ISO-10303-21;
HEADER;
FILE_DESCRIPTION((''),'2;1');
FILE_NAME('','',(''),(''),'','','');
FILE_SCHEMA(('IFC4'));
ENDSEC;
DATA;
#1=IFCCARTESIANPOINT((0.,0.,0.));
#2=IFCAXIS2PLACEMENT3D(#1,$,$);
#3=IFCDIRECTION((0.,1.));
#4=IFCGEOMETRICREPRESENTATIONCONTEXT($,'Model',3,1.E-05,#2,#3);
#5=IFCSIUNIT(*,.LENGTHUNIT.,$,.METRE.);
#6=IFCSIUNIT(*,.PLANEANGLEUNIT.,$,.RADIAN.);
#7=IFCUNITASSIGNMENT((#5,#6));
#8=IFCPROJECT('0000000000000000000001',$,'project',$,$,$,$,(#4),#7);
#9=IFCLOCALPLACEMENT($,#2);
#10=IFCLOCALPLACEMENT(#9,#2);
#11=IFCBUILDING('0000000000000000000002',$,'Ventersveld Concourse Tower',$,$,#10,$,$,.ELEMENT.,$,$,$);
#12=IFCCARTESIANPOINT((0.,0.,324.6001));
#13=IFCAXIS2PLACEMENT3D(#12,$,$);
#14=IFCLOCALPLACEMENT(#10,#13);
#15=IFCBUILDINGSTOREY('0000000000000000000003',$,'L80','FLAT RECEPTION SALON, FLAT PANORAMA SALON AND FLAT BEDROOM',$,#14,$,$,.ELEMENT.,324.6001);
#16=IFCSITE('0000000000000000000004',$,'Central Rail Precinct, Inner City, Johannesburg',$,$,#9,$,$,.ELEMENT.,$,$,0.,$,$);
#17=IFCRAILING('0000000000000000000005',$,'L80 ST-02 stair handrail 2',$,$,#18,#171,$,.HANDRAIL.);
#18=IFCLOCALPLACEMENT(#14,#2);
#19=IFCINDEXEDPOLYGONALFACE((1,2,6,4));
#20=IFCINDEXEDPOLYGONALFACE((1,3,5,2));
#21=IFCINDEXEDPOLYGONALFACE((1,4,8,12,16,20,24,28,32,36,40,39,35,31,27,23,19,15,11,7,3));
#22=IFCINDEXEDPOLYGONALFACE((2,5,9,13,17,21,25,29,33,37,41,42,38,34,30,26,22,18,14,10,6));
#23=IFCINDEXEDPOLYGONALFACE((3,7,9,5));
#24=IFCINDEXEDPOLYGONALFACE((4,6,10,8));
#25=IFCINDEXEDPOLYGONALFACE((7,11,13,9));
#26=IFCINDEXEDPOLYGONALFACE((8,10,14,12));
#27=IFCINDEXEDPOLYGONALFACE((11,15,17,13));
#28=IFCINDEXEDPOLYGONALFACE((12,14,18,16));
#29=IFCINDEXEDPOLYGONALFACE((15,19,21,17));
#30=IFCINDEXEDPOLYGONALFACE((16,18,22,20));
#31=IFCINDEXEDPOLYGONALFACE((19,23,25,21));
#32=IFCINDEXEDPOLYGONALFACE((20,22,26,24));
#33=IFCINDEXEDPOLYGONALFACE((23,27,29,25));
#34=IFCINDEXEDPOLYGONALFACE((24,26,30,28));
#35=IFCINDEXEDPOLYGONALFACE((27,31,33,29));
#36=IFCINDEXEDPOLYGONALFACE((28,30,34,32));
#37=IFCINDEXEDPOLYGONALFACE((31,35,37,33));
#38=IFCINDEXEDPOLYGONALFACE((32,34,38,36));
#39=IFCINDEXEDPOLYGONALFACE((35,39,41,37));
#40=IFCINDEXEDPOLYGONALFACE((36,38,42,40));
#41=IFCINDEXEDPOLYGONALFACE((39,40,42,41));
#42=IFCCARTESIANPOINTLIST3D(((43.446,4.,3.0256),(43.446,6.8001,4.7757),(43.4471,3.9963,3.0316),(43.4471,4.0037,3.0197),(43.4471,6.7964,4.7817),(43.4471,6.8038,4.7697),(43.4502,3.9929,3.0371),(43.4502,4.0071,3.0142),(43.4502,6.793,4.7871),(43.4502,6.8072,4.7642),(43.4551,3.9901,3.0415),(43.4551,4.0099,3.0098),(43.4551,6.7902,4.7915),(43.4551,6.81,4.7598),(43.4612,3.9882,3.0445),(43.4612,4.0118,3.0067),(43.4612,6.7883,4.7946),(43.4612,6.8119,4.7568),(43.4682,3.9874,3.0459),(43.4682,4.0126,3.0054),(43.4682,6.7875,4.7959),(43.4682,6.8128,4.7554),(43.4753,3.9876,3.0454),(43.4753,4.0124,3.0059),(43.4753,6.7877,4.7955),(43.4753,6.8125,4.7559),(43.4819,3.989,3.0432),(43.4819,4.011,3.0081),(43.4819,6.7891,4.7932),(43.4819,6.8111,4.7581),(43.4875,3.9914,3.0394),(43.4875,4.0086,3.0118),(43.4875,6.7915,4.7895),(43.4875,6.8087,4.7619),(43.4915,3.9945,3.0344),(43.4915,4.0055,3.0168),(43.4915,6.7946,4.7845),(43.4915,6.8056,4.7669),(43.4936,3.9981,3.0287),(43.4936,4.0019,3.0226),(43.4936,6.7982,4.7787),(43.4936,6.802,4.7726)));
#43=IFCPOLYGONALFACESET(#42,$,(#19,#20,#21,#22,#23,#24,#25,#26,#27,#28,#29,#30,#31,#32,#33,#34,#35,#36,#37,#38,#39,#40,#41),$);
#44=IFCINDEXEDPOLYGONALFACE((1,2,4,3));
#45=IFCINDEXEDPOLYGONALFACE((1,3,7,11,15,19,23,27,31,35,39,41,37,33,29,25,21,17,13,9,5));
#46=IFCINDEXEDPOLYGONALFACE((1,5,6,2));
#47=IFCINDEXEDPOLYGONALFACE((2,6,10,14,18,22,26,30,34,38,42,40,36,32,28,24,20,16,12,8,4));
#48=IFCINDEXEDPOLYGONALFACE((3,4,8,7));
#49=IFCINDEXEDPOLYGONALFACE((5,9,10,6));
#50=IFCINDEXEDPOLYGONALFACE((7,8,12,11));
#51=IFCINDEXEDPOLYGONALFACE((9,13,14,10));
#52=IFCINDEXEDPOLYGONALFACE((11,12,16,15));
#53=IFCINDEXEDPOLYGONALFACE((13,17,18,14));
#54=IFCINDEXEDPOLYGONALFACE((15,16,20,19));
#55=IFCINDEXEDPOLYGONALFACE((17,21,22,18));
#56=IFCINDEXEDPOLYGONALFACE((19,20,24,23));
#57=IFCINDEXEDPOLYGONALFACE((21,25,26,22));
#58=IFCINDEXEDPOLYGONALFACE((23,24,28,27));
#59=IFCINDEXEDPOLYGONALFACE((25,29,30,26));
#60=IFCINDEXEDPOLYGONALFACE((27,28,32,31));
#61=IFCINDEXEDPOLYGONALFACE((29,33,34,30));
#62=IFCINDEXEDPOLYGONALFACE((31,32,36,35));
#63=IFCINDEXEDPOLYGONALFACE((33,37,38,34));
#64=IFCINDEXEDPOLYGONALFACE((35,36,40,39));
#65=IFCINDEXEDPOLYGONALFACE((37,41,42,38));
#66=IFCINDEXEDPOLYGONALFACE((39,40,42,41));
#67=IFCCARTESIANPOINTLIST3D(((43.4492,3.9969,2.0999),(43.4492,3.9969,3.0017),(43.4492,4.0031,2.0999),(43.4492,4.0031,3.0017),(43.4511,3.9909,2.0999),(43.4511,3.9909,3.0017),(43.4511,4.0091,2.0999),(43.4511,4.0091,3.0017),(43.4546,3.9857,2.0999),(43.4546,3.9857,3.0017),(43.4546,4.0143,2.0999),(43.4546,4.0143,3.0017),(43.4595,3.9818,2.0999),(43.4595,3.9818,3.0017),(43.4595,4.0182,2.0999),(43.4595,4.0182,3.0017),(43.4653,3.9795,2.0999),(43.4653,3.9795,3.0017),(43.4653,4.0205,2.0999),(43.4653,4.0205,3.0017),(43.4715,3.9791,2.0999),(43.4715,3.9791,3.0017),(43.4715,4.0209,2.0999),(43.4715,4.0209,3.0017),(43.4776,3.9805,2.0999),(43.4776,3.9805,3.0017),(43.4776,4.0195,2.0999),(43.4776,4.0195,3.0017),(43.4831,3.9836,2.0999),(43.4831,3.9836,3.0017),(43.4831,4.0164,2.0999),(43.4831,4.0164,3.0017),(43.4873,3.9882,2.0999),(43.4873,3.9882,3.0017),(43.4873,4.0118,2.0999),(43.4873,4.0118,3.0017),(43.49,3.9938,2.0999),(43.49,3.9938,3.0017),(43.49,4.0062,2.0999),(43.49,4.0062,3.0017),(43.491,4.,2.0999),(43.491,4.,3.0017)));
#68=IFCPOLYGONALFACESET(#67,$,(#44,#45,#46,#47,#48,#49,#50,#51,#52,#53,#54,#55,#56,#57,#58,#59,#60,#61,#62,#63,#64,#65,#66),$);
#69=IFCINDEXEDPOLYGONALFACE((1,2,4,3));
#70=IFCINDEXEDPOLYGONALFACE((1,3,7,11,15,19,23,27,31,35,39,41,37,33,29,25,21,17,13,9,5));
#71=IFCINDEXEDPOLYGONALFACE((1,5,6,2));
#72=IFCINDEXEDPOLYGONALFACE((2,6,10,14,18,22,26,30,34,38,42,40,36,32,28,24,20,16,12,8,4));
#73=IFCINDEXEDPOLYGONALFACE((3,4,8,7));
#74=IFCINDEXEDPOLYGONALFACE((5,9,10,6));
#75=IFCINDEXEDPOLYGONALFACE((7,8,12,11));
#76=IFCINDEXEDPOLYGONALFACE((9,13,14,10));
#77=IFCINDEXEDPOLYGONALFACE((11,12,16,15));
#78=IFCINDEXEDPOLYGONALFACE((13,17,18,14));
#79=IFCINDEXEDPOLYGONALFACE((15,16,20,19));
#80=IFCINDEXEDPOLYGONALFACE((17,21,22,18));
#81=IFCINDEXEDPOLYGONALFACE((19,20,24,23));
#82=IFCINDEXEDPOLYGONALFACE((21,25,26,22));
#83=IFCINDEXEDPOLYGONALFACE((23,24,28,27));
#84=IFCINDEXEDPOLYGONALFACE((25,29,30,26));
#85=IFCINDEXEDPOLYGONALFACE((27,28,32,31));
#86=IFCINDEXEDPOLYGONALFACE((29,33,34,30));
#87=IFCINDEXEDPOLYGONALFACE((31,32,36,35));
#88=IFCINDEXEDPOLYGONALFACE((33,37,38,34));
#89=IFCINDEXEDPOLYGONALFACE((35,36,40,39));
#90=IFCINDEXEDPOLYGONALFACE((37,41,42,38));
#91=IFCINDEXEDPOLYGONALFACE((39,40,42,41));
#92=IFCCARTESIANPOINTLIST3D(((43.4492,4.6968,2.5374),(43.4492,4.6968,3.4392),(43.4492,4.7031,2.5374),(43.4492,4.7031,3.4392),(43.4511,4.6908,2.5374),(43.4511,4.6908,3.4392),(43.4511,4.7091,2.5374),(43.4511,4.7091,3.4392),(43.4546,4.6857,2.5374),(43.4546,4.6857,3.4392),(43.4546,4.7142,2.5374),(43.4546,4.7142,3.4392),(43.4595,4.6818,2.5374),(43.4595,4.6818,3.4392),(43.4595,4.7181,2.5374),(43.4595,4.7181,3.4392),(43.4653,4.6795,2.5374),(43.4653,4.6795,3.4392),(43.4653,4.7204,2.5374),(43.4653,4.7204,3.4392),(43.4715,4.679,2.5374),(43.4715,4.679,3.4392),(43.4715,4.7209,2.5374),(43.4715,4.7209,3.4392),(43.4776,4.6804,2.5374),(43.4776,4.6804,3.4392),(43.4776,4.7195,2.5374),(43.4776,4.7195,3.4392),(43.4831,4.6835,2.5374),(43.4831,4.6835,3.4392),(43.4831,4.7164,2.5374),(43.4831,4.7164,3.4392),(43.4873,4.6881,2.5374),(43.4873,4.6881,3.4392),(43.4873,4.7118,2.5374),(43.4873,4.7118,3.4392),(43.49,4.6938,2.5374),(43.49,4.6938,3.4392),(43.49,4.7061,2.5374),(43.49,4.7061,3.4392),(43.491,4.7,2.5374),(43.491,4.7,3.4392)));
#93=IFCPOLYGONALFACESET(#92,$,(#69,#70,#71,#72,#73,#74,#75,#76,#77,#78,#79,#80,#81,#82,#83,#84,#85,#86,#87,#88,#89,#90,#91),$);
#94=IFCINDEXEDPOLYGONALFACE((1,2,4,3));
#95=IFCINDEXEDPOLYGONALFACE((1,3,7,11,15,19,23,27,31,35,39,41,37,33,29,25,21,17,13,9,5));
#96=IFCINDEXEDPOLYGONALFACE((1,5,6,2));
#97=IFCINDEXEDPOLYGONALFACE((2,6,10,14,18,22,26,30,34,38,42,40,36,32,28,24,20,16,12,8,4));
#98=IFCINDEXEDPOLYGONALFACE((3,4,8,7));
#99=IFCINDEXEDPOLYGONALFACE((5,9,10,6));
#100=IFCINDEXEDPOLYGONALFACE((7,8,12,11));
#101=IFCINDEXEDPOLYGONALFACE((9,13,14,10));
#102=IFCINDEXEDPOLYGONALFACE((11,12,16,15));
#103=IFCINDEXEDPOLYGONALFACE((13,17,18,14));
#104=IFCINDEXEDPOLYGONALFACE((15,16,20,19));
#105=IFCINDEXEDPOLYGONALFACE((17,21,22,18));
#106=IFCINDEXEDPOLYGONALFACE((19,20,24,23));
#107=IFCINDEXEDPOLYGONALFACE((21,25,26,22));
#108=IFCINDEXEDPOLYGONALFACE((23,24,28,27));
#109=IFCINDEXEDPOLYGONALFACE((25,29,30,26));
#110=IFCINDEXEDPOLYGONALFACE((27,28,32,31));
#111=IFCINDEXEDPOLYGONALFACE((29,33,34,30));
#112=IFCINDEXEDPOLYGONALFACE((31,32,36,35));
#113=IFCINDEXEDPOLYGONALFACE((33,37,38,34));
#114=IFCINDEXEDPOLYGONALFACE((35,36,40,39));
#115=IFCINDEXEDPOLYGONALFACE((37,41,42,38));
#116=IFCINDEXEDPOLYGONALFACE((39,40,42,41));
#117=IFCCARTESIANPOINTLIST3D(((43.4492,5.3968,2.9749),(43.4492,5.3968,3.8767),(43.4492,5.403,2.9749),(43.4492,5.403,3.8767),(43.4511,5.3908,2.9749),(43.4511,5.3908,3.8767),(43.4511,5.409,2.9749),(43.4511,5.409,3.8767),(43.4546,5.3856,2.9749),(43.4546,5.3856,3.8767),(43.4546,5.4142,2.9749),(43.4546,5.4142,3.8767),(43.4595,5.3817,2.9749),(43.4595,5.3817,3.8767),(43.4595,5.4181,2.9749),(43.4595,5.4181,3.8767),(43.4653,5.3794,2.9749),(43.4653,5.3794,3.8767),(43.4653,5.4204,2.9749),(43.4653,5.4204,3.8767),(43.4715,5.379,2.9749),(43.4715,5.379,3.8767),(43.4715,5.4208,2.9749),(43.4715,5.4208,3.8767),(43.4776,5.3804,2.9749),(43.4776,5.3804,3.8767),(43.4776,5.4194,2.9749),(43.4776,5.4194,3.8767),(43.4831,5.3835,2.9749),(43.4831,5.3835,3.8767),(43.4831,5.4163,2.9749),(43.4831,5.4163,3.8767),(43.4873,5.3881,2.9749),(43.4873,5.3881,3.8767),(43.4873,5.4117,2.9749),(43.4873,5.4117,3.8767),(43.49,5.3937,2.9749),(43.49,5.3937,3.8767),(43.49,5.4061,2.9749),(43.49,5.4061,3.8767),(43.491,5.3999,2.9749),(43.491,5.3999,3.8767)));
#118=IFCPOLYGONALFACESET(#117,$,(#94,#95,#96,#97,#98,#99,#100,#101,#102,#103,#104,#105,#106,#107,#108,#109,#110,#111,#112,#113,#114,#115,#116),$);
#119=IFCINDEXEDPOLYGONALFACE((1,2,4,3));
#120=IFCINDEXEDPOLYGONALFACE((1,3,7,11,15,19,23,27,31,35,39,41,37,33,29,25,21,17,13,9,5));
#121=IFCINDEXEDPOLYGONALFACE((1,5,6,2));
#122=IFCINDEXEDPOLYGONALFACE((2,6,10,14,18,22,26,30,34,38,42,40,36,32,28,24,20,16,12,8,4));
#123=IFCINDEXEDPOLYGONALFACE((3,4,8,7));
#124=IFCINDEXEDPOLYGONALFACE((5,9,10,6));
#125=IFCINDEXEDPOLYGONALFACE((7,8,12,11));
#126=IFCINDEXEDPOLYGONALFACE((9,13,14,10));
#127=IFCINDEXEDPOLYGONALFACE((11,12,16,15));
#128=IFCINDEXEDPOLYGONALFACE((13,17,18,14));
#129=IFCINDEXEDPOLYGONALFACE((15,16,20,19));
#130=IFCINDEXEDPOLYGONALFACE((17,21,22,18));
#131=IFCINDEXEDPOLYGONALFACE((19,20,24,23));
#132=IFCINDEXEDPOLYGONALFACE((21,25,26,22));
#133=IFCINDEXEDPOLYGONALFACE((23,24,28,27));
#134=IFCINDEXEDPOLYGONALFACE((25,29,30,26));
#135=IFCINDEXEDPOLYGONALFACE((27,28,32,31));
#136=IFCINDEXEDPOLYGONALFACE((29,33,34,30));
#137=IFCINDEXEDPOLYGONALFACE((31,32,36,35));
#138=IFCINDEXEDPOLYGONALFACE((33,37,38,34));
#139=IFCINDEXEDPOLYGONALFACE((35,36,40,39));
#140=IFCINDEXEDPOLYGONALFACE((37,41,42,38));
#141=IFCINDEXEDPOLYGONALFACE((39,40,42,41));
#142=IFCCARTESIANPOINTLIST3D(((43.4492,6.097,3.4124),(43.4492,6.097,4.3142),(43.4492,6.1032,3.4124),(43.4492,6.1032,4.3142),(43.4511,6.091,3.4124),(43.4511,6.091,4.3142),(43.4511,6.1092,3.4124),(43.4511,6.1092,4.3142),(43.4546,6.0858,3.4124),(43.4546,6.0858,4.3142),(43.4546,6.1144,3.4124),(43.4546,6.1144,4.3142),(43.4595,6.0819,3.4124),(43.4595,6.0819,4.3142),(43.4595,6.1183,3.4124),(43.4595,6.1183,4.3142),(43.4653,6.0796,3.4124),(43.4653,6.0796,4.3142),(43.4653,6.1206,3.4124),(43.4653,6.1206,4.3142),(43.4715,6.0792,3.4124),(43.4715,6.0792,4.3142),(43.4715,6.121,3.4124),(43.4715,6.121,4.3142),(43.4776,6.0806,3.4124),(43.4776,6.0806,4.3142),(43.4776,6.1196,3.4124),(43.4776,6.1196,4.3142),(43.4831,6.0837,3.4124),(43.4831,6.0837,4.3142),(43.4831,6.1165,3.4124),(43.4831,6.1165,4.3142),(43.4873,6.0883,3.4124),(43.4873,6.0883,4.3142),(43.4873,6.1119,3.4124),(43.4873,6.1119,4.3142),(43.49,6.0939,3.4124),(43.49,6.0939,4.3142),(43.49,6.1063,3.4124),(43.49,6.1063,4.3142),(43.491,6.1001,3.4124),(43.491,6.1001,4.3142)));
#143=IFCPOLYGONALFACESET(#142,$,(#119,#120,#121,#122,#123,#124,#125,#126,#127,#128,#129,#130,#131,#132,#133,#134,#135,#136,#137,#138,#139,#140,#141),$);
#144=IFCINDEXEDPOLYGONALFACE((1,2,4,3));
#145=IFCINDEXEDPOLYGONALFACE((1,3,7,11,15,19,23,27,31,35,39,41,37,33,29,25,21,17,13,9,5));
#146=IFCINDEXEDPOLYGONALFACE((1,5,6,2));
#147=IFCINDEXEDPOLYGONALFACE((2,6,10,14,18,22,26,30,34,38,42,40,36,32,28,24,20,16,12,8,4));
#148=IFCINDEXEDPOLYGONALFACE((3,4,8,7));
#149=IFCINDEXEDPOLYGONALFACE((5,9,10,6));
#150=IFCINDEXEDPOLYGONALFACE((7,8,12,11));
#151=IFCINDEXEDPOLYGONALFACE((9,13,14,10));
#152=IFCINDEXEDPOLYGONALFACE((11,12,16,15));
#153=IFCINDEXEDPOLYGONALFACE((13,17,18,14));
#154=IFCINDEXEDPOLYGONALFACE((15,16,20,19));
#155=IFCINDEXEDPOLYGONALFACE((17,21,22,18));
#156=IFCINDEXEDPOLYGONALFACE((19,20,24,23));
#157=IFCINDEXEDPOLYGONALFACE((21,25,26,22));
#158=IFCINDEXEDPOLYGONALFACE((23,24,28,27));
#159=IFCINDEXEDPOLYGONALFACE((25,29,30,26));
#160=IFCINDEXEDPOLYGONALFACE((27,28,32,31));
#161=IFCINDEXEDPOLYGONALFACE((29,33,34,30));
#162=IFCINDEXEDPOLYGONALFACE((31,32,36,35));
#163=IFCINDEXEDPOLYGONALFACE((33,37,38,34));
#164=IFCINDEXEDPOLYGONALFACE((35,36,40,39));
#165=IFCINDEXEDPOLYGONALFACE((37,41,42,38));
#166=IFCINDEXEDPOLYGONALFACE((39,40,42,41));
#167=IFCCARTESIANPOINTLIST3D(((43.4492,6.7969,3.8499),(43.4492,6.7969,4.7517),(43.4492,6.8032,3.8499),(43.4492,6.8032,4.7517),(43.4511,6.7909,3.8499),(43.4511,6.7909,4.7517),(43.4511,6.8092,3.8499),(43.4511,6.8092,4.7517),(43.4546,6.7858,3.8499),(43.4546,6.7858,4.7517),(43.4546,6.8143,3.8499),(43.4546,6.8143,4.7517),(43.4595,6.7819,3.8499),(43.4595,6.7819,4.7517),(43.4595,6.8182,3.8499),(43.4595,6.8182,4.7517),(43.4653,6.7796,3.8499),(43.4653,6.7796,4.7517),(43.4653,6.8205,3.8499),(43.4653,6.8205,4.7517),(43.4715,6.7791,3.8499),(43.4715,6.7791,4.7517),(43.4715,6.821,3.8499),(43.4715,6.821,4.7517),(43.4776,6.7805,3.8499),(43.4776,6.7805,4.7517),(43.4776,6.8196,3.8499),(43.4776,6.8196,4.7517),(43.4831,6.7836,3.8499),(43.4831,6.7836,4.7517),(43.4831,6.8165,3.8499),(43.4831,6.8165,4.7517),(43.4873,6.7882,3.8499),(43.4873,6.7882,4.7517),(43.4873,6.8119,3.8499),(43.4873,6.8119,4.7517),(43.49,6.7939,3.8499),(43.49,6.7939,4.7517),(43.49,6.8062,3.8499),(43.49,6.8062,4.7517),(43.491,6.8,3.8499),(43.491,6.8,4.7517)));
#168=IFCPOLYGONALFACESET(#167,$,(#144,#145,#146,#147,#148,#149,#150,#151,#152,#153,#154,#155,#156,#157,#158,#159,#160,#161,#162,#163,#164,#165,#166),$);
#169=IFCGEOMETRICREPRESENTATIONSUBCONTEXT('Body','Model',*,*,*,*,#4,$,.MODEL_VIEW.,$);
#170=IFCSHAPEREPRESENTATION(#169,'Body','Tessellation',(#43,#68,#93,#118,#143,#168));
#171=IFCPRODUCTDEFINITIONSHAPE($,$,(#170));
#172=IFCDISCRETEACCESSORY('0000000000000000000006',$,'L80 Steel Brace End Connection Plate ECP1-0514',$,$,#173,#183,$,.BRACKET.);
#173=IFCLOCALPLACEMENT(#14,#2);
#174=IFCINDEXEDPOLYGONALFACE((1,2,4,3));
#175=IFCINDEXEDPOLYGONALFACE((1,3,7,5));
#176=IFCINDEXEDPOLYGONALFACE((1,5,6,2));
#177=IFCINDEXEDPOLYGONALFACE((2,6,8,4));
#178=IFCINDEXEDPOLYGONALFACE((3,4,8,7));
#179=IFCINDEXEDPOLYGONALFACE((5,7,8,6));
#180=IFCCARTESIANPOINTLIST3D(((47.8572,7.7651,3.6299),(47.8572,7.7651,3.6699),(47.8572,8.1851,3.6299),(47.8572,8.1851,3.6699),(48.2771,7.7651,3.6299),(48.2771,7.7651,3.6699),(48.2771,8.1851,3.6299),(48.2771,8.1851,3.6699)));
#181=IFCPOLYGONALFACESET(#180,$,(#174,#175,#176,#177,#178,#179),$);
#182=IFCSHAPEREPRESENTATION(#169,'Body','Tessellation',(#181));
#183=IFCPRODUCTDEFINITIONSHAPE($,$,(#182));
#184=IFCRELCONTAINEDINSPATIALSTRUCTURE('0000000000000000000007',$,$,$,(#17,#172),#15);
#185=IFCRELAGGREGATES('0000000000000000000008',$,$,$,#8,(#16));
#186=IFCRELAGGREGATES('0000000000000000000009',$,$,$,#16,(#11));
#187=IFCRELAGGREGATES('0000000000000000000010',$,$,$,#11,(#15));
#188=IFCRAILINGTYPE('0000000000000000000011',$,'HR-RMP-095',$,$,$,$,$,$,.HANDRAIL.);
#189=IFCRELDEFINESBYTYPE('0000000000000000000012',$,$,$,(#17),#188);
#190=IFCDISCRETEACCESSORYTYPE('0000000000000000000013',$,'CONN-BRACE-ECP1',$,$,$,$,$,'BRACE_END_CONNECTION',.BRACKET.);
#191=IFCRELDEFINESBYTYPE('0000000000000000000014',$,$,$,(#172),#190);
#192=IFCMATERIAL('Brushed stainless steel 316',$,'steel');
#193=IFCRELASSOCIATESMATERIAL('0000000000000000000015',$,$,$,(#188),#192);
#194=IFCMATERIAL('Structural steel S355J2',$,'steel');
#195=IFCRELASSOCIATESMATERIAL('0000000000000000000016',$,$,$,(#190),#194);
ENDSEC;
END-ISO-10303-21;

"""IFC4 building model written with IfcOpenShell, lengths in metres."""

from ifc_helpers import new_model, si_unit, direction, frame, origin, origin_2d, place, context, subcontext, project, spatial, rectangle, circle, extrude, material, type_object, element, save


model = new_model("IFC4")

# Units and contexts
model_context = context("Model", 3, precision=1e-05, world=origin(), true_north=direction((0.0, 1.0)))
body_context = subcontext(model_context, "Body", "Model", "MODEL_VIEW")
ifc_project = project(units=[si_unit("LENGTHUNIT", "METRE"), si_unit("PLANEANGLEUNIT", "RADIAN")], contexts=[model_context])

# Site, building, storey
site_placement = place(None, origin())
site = spatial("IfcSite", under=ifc_project, at=site_placement, Name="Central Rail Precinct, Inner City, Johannesburg", CompositionType="ELEMENT", RefElevation=0.0)
building_placement = place(site_placement, origin())
building = spatial("IfcBuilding", under=site, at=building_placement, Name="Ventersveld Concourse Tower", CompositionType="ELEMENT")
storey_placement = place(building_placement, frame((0.0, 0.0, 324.6001)))
storey = spatial("IfcBuildingStorey", under=building, at=storey_placement, Name="L80", Description="FLAT RECEPTION SALON, FLAT PANORAMA SALON AND FLAT BEDROOM", CompositionType="ELEMENT", Elevation=324.6001)

# Shared definitions
ifc_material_1 = material(Name="Structural steel S355J2", Category="steel")

# Railing
ifc_material_2 = material(Name="Brushed stainless steel 316", Category="steel")
railing_type = type_object("IfcRailingType", Name="HR-RMP-095", PredefinedType="HANDRAIL", material=ifc_material_2)
railing_placement = place(storey_placement, frame((43.47, 4.0, 2.0999)))
element("IfcRailing", 1, at=railing_placement, inside=storey, type_object=railing_type, Name="L80 ST-02 stair handrail 2", PredefinedType="HANDRAIL", context=body_context, shape_type="SweptSolid", body=[
    extrude(circle(Radius=0.0239, at=origin_2d()), frame((0.0, 0.0, 0.9258), z_axis=(0.0, 0.848002, 0.529992), x_axis=(-1.0, 0.0, 0.0)), (0.0, 0.0, 1.0), 3.302),
    extrude(circle(Radius=0.021, at=origin_2d()), origin(), (0.0, 0.0, 1.0), 0.9019),
    extrude(circle(Radius=0.021, at=origin_2d()), frame((0.0, 0.7, 0.4375)), (0.0, 0.0, 1.0), 0.9019),
    extrude(circle(Radius=0.021, at=origin_2d()), frame((0.0, 1.3999, 0.875)), (0.0, 0.0, 1.0), 0.9019),
    extrude(circle(Radius=0.021, at=origin_2d()), frame((0.0, 2.1001, 1.3125)), (0.0, 0.0, 1.0), 0.9019),
    extrude(circle(Radius=0.021, at=origin_2d()), frame((0.0, 2.8, 1.75)), (0.0, 0.0, 1.0), 0.9019),
])

# Discrete accessory
discrete_accessory_type = type_object("IfcDiscreteAccessoryType", Name="CONN-BRACE-ECP1", ElementType="BRACE_END_CONNECTION", PredefinedType="BRACKET", material=ifc_material_1)
discrete_accessory_placement = place(storey_placement, frame((48.0671, 7.9751, 3.6299), z_axis=(0.0, 0.0, 1.0), x_axis=(1.0, 0.0, 0.0)))
element("IfcDiscreteAccessory", 2, at=discrete_accessory_placement, inside=storey, type_object=discrete_accessory_type, Name="L80 Steel Brace End Connection Plate ECP1-0514", PredefinedType="BRACKET", context=body_context, shape_type="SweptSolid", body=[
    extrude(rectangle(XDim=0.4199, YDim=0.4199, at=origin_2d()), origin(), (0.0, 0.0, 1.0), 0.04),
])

save(model, "model.ifc")
